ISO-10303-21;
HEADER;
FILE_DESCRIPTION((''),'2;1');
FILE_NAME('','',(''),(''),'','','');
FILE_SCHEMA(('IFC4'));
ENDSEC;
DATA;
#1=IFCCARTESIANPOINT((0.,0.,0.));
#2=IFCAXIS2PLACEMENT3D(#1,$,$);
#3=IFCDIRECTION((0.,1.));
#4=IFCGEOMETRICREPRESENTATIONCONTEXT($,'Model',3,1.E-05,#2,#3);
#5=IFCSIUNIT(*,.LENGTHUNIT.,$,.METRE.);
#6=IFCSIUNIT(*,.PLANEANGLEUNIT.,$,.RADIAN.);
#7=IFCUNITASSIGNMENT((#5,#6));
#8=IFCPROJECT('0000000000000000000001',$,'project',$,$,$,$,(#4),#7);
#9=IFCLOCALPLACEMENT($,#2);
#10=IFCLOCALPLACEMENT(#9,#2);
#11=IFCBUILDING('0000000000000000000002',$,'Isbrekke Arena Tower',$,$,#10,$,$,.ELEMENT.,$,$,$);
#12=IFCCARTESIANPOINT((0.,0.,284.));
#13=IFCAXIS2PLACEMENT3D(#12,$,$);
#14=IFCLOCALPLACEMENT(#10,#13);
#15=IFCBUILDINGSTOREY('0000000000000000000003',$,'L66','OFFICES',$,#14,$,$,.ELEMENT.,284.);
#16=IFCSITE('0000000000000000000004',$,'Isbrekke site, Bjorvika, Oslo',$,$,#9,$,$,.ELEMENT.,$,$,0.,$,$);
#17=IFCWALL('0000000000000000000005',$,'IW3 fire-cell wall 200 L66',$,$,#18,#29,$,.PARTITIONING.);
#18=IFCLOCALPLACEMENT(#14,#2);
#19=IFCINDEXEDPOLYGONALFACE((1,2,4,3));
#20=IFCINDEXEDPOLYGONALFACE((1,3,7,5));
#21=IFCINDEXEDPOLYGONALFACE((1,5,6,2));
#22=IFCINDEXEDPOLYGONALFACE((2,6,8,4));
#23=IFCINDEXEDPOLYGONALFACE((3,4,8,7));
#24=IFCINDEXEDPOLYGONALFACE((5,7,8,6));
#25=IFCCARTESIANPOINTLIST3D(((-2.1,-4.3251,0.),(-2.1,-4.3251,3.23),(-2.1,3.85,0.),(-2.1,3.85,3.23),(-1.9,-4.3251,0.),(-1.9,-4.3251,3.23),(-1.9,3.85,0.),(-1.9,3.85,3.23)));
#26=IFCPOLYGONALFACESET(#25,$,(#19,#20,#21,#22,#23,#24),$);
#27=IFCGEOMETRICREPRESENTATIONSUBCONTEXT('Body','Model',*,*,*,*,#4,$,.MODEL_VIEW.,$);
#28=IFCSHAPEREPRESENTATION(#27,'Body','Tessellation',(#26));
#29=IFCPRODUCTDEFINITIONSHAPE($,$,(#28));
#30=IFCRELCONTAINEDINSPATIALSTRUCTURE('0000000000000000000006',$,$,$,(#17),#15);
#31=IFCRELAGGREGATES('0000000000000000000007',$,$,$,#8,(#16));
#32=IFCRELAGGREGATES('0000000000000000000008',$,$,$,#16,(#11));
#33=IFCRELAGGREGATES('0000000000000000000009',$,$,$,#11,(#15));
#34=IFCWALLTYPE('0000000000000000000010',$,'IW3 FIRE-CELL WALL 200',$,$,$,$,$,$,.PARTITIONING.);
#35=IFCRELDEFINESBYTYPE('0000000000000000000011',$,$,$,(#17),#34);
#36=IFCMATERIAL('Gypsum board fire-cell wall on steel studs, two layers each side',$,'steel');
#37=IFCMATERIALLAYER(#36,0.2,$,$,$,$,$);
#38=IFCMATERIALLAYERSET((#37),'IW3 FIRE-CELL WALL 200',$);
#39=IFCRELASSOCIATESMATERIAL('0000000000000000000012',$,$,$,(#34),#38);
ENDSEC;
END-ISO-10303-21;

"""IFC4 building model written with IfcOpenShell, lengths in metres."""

from ifc_helpers import new_model, si_unit, direction, frame, frame_2d, origin, place, context, subcontext, project, spatial, rectangle, extrude, material, layer, layer_set, type_object, element, save


model = new_model("IFC4")

# Units and contexts
model_context = context("Model", 3, precision=1e-05, world=origin(), true_north=direction((0.0, 1.0)))
body_context = subcontext(model_context, "Body", "Model", "MODEL_VIEW")
ifc_project = project(units=[si_unit("LENGTHUNIT", "METRE"), si_unit("PLANEANGLEUNIT", "RADIAN")], contexts=[model_context])

# Site, building, storey
site_placement = place(None, origin())
site = spatial("IfcSite", under=ifc_project, at=site_placement, Name="Isbrekke site, Bjorvika, Oslo", CompositionType="ELEMENT", RefElevation=0.0)
building_placement = place(site_placement, origin())
building = spatial("IfcBuilding", under=site, at=building_placement, Name="Isbrekke Arena Tower", CompositionType="ELEMENT")
storey_placement = place(building_placement, frame((0.0, 0.0, 284.0)))
storey = spatial("IfcBuildingStorey", under=building, at=storey_placement, Name="L66", Description="OFFICES", CompositionType="ELEMENT", Elevation=284.0)

# Wall
ifc_material_1 = material(Name="Gypsum board fire-cell wall on steel studs, two layers each side", Category="steel")
ifc_layer_1 = layer(ifc_material_1, 0.2)
ifc_layer_set_1 = layer_set([ifc_layer_1], Name="IW3 FIRE-CELL WALL 200")
wall_type_1 = type_object("IfcWallType", Name="IW3 FIRE-CELL WALL 200", PredefinedType="PARTITIONING", material=ifc_layer_set_1)
wall_1_placement = place(storey_placement, frame((-2.0, -4.325, 0.0), z_axis=(0.0, 0.0, 1.0), x_axis=(0.0, 1.0, 0.0)))
element("IfcWall", 1, at=wall_1_placement, inside=storey, type_object=wall_type_1, Name="IW3 fire-cell wall 200 L66", PredefinedType="PARTITIONING", context=body_context, shape_type="SweptSolid", body=[
    extrude(rectangle(XDim=8.175, YDim=0.2, at=frame_2d((4.0874, 0.0))), origin(), (0.0, 0.0, 1.0), 3.23),
])

save(model, "model.ifc")
